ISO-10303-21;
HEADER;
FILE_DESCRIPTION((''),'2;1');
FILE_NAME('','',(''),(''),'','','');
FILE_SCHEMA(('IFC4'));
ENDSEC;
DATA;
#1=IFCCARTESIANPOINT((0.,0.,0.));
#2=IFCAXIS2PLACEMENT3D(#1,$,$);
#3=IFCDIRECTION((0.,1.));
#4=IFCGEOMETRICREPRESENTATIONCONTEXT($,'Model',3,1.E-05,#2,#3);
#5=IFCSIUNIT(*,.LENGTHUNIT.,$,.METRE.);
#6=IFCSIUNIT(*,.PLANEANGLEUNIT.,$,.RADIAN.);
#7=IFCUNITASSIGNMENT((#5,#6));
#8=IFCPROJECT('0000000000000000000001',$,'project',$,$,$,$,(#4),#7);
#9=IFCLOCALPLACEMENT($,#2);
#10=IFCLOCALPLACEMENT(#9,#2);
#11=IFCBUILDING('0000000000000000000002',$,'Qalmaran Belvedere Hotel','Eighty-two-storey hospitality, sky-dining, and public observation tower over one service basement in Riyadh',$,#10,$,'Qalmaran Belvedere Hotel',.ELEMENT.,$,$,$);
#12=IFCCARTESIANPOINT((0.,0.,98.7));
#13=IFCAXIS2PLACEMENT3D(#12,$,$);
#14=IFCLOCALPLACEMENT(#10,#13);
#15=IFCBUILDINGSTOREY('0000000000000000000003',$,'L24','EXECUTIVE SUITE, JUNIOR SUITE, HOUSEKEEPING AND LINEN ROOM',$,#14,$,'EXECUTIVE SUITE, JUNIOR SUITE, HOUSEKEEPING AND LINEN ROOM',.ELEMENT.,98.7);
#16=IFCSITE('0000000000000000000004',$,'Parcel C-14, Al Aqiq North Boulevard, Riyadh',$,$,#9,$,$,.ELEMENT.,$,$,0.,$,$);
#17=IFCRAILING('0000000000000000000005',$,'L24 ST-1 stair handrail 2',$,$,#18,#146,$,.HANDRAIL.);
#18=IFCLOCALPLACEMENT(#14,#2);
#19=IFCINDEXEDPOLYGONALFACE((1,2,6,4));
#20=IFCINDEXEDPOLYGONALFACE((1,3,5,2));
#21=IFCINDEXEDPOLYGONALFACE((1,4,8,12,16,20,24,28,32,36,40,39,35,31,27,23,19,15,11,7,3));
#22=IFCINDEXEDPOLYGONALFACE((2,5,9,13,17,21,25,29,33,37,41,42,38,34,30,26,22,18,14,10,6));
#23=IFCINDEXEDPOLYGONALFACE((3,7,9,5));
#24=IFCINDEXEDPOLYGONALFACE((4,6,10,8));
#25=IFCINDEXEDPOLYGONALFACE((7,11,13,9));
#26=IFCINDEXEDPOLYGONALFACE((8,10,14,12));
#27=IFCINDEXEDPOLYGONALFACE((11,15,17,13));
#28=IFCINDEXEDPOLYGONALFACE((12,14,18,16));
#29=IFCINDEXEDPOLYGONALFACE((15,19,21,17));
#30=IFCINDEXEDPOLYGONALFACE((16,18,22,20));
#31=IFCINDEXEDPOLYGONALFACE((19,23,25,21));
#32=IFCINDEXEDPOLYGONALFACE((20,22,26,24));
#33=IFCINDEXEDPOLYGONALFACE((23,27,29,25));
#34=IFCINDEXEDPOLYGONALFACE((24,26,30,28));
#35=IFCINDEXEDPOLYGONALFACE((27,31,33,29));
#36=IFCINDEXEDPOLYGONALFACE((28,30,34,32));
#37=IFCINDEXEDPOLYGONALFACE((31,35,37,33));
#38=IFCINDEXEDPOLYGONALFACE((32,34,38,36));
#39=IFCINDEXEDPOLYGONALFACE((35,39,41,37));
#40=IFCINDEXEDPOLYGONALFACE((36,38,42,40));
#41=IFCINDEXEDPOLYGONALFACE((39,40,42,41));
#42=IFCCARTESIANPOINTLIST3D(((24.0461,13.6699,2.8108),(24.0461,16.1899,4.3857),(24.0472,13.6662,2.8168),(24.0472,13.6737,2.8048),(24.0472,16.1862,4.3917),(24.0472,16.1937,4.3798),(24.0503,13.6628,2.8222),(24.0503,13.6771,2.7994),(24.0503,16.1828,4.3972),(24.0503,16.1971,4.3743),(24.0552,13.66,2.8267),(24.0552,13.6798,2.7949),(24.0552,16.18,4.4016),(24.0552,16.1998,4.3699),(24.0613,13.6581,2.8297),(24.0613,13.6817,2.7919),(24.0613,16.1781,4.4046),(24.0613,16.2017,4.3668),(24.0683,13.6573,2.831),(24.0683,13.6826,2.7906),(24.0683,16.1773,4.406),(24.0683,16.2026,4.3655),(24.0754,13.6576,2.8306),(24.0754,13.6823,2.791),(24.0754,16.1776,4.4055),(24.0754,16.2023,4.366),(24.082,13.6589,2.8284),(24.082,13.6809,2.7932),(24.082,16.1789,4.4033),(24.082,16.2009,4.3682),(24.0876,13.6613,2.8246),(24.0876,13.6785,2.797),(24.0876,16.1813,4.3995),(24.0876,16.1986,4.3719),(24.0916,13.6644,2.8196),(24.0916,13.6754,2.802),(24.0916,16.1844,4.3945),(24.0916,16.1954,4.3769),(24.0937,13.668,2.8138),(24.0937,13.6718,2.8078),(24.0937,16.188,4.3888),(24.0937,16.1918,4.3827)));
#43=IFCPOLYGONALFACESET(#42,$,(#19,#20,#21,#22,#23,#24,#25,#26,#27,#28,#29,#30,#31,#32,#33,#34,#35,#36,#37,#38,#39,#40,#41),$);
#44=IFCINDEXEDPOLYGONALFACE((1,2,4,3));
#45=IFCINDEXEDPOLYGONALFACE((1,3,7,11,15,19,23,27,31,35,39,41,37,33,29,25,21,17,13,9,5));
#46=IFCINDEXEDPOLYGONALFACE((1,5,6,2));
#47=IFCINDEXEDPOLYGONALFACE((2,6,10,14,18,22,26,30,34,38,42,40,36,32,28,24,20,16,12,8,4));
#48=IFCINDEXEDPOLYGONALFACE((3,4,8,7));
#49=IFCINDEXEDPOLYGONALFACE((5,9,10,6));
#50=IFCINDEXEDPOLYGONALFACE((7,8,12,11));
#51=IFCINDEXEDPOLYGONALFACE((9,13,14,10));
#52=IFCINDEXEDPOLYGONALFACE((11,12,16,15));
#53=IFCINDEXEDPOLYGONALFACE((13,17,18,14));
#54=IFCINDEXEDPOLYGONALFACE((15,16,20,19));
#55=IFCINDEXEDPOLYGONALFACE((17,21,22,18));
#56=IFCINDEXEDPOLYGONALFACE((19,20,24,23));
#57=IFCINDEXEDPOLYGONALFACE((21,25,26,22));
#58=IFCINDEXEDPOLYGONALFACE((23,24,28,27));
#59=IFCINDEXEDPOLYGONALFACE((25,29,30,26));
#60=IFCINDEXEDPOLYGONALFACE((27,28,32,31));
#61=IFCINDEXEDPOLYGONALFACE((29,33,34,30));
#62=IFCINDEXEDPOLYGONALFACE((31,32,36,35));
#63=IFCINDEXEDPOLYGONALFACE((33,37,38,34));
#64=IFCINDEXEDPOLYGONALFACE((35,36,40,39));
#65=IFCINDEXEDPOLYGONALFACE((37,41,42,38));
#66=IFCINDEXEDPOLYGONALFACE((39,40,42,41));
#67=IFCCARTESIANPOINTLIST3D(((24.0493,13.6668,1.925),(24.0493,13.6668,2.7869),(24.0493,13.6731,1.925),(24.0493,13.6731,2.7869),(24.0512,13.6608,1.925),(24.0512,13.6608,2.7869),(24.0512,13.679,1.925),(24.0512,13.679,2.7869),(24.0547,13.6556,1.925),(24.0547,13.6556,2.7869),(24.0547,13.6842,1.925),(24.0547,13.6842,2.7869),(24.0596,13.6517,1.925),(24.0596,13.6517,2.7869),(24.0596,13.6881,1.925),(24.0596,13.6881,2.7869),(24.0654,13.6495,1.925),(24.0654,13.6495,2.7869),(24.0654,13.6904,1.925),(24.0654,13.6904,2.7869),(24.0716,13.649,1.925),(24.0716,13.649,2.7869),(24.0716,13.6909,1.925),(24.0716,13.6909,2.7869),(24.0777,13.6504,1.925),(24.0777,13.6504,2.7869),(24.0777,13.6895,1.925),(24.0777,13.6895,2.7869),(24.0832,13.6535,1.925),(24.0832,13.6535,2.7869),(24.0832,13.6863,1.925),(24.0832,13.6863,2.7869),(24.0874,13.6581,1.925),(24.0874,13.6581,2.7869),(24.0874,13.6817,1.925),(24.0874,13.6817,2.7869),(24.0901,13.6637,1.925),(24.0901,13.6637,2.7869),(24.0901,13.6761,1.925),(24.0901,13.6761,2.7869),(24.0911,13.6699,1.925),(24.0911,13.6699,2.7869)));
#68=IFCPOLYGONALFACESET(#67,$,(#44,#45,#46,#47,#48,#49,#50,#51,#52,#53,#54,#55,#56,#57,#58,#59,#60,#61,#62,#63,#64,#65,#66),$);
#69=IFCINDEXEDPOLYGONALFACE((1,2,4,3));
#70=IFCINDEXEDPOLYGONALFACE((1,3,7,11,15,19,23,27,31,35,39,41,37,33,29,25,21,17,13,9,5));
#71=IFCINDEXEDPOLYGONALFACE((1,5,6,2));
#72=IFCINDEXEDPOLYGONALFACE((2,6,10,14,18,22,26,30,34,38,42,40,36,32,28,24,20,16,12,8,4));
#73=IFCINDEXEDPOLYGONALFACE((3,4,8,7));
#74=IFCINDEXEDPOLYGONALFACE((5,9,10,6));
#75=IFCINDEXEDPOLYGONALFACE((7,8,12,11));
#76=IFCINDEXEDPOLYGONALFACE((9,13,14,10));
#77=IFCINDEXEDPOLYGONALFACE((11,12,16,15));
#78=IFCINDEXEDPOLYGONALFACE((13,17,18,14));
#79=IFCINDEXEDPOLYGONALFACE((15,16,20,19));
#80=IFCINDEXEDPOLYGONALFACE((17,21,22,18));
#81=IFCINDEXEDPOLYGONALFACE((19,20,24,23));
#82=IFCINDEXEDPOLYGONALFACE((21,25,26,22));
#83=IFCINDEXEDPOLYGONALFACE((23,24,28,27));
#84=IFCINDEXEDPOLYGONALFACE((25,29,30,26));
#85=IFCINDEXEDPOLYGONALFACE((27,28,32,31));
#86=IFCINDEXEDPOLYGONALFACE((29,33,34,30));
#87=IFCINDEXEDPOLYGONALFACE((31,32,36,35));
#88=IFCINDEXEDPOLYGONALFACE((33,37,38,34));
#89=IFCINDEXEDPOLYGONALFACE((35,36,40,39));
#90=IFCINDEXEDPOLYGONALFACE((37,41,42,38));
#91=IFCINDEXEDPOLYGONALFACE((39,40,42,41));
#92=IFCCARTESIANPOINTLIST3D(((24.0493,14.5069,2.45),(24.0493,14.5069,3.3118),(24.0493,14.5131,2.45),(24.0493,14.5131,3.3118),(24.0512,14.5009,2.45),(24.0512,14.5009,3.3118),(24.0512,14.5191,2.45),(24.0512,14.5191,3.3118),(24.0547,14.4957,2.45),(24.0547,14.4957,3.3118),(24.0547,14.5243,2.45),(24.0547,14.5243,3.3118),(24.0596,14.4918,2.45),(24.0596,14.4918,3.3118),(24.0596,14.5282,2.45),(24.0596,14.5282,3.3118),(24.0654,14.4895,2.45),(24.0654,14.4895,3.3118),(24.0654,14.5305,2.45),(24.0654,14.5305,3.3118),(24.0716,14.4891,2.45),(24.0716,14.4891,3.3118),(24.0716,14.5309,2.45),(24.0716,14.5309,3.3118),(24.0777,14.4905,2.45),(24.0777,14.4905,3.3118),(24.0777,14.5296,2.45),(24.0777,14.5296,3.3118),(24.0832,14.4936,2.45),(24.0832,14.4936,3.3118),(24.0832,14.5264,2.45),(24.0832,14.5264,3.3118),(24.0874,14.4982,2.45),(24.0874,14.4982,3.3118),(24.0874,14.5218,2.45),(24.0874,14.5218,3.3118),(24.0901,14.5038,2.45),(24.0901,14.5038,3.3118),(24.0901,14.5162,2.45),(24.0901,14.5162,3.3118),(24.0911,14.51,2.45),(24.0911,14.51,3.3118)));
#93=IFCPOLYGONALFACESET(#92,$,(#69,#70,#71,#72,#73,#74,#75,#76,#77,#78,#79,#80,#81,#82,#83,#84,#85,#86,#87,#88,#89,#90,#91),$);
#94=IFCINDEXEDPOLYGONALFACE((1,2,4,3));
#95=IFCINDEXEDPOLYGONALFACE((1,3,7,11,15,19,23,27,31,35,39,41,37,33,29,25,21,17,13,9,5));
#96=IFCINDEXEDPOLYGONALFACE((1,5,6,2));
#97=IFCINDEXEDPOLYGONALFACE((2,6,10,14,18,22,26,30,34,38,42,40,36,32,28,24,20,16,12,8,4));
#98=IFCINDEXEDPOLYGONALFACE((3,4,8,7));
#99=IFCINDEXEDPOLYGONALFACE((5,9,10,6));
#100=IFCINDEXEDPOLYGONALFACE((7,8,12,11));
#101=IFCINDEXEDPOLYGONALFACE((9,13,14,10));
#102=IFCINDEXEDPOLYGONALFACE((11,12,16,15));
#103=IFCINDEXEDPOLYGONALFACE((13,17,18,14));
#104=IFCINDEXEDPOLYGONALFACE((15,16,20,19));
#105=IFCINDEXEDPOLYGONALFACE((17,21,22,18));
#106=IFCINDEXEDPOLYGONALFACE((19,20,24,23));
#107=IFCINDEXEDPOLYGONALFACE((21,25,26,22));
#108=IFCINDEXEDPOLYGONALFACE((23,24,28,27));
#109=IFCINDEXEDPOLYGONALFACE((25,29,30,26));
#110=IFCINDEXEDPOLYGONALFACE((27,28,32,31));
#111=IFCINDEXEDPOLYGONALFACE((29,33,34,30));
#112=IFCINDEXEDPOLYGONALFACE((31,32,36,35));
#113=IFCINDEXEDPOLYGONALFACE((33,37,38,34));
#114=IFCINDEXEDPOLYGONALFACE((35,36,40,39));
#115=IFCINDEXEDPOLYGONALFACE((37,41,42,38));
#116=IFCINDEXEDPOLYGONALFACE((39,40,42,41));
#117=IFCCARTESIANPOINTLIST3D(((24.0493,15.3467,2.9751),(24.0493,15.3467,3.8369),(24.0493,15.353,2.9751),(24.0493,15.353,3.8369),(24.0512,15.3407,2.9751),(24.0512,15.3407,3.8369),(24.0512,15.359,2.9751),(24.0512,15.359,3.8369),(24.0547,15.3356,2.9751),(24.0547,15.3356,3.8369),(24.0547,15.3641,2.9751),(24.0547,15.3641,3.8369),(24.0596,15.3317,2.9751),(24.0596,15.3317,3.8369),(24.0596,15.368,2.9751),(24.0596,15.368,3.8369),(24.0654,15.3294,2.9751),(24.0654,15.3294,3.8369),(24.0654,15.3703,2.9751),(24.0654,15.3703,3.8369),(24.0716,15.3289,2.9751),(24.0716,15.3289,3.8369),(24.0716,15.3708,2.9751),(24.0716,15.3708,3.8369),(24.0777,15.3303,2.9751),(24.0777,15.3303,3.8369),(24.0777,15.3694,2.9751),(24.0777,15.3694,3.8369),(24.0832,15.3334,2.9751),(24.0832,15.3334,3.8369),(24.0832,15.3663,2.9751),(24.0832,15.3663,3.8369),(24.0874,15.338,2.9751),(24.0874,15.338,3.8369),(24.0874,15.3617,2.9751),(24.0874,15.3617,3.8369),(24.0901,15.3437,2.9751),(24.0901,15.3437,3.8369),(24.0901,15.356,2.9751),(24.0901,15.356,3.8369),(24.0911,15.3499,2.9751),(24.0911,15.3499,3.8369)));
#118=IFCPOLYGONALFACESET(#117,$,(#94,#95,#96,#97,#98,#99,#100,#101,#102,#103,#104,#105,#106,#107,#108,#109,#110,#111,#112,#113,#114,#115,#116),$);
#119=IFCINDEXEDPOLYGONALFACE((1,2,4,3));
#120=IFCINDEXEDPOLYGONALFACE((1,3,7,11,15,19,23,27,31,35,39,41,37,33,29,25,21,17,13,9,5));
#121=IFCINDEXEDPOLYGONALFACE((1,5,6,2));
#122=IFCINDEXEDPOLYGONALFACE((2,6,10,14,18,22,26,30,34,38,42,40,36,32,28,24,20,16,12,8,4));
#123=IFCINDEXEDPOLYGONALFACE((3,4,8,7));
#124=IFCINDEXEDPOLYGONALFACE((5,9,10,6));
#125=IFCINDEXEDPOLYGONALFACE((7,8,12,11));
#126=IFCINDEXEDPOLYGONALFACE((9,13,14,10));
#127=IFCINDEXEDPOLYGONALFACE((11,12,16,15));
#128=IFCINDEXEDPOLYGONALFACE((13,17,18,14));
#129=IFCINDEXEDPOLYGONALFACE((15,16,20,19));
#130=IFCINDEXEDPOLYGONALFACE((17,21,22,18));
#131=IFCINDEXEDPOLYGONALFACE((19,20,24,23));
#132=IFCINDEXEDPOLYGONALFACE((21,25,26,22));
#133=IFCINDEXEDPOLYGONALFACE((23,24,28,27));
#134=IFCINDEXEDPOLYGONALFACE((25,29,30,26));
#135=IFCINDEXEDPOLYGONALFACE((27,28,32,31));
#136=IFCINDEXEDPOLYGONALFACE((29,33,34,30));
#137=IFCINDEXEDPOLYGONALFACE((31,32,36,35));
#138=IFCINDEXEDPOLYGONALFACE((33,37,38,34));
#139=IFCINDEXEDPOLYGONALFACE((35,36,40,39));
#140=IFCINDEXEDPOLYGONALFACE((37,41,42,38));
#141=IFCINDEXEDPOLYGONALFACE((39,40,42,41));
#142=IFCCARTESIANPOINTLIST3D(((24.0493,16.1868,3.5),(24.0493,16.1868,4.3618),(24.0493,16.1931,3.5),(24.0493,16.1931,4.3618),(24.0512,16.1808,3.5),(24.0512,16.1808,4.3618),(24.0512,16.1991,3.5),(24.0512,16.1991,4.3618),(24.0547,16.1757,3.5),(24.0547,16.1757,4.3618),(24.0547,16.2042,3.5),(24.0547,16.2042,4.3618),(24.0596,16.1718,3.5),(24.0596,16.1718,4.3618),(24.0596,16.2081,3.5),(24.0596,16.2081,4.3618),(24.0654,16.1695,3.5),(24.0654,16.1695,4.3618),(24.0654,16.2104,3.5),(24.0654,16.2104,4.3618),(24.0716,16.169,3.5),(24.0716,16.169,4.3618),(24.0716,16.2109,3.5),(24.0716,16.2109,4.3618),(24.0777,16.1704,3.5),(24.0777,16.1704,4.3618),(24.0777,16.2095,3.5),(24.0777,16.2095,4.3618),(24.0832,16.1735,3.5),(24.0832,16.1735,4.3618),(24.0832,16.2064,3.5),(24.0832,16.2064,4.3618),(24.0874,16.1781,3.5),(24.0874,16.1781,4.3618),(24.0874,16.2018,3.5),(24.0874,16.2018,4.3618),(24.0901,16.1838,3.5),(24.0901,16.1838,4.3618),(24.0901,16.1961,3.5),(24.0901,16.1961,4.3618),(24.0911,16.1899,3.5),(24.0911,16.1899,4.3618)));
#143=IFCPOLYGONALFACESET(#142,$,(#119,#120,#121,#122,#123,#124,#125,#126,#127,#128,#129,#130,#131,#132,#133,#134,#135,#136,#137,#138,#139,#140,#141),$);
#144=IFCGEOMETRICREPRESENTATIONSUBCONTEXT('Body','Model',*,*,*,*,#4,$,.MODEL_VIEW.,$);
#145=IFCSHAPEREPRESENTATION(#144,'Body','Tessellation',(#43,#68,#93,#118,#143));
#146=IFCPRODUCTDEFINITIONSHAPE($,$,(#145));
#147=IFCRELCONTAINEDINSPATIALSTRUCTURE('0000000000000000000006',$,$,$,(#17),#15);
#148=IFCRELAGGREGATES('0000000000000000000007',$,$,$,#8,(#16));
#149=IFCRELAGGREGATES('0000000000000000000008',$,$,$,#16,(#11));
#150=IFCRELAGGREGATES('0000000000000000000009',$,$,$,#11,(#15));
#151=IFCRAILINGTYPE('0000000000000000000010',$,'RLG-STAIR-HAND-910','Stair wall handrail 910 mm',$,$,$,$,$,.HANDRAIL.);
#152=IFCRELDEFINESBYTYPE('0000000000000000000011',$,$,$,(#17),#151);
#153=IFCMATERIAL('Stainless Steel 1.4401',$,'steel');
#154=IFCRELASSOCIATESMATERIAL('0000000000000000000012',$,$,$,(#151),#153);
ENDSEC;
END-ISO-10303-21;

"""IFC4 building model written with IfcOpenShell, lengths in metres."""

from ifc_helpers import new_model, si_unit, direction, frame, origin, origin_2d, place, context, subcontext, project, spatial, circle, extrude, material, type_object, element, save


model = new_model("IFC4")

# Units and contexts
model_context = context("Model", 3, precision=1e-05, world=origin(), true_north=direction((0.0, 1.0)))
body_context = subcontext(model_context, "Body", "Model", "MODEL_VIEW")
ifc_project = project(units=[si_unit("LENGTHUNIT", "METRE"), si_unit("PLANEANGLEUNIT", "RADIAN")], contexts=[model_context])

# Site, building, storey
site_placement = place(None, origin())
site = spatial("IfcSite", under=ifc_project, at=site_placement, Name="Parcel C-14, Al Aqiq North Boulevard, Riyadh", CompositionType="ELEMENT", RefElevation=0.0)
building_placement = place(site_placement, origin())
building = spatial("IfcBuilding", under=site, at=building_placement, Name="Qalmaran Belvedere Hotel", Description="Eighty-two-storey hospitality, sky-dining, and public observation tower over one service basement in Riyadh", LongName="Qalmaran Belvedere Hotel", CompositionType="ELEMENT")
storey_placement = place(building_placement, frame((0.0, 0.0, 98.7)))
storey = spatial("IfcBuildingStorey", under=building, at=storey_placement, Name="L24", Description="EXECUTIVE SUITE, JUNIOR SUITE, HOUSEKEEPING AND LINEN ROOM", LongName="EXECUTIVE SUITE, JUNIOR SUITE, HOUSEKEEPING AND LINEN ROOM", CompositionType="ELEMENT", Elevation=98.7)

# Railing
ifc_material_1 = material(Name="Stainless Steel 1.4401", Category="steel")
railing_type_1 = type_object("IfcRailingType", Name="RLG-STAIR-HAND-910", Description="Stair wall handrail 910 mm", PredefinedType="HANDRAIL", material=ifc_material_1)
railing_1_placement = place(storey_placement, frame((24.0701, 13.6699, 1.925)))
element("IfcRailing", 1, at=railing_1_placement, inside=storey, type_object=railing_type_1, Name="L24 ST-1 stair handrail 2", PredefinedType="HANDRAIL", context=body_context, shape_type="SweptSolid", body=[
    extrude(circle(Radius=0.0239, at=origin_2d()), frame((0.0, 0.0, 0.8857), z_axis=(0.0, 0.848008, 0.529984), x_axis=(-1.0, 0.0, 0.0)), (0.0, 0.0, 1.0), 2.9717),
    extrude(circle(Radius=0.021, at=origin_2d()), origin(), (0.0, 0.0, 1.0), 0.8618),
    extrude(circle(Radius=0.021, at=origin_2d()), frame((0.0, 0.8401, 0.5249)), (0.0, 0.0, 1.0), 0.8618),
    extrude(circle(Radius=0.021, at=origin_2d()), frame((0.0, 1.6799, 1.05)), (0.0, 0.0, 1.0), 0.8618),
    extrude(circle(Radius=0.021, at=origin_2d()), frame((0.0, 2.52, 1.575)), (0.0, 0.0, 1.0), 0.8618),
])

save(model, "model.ifc")
